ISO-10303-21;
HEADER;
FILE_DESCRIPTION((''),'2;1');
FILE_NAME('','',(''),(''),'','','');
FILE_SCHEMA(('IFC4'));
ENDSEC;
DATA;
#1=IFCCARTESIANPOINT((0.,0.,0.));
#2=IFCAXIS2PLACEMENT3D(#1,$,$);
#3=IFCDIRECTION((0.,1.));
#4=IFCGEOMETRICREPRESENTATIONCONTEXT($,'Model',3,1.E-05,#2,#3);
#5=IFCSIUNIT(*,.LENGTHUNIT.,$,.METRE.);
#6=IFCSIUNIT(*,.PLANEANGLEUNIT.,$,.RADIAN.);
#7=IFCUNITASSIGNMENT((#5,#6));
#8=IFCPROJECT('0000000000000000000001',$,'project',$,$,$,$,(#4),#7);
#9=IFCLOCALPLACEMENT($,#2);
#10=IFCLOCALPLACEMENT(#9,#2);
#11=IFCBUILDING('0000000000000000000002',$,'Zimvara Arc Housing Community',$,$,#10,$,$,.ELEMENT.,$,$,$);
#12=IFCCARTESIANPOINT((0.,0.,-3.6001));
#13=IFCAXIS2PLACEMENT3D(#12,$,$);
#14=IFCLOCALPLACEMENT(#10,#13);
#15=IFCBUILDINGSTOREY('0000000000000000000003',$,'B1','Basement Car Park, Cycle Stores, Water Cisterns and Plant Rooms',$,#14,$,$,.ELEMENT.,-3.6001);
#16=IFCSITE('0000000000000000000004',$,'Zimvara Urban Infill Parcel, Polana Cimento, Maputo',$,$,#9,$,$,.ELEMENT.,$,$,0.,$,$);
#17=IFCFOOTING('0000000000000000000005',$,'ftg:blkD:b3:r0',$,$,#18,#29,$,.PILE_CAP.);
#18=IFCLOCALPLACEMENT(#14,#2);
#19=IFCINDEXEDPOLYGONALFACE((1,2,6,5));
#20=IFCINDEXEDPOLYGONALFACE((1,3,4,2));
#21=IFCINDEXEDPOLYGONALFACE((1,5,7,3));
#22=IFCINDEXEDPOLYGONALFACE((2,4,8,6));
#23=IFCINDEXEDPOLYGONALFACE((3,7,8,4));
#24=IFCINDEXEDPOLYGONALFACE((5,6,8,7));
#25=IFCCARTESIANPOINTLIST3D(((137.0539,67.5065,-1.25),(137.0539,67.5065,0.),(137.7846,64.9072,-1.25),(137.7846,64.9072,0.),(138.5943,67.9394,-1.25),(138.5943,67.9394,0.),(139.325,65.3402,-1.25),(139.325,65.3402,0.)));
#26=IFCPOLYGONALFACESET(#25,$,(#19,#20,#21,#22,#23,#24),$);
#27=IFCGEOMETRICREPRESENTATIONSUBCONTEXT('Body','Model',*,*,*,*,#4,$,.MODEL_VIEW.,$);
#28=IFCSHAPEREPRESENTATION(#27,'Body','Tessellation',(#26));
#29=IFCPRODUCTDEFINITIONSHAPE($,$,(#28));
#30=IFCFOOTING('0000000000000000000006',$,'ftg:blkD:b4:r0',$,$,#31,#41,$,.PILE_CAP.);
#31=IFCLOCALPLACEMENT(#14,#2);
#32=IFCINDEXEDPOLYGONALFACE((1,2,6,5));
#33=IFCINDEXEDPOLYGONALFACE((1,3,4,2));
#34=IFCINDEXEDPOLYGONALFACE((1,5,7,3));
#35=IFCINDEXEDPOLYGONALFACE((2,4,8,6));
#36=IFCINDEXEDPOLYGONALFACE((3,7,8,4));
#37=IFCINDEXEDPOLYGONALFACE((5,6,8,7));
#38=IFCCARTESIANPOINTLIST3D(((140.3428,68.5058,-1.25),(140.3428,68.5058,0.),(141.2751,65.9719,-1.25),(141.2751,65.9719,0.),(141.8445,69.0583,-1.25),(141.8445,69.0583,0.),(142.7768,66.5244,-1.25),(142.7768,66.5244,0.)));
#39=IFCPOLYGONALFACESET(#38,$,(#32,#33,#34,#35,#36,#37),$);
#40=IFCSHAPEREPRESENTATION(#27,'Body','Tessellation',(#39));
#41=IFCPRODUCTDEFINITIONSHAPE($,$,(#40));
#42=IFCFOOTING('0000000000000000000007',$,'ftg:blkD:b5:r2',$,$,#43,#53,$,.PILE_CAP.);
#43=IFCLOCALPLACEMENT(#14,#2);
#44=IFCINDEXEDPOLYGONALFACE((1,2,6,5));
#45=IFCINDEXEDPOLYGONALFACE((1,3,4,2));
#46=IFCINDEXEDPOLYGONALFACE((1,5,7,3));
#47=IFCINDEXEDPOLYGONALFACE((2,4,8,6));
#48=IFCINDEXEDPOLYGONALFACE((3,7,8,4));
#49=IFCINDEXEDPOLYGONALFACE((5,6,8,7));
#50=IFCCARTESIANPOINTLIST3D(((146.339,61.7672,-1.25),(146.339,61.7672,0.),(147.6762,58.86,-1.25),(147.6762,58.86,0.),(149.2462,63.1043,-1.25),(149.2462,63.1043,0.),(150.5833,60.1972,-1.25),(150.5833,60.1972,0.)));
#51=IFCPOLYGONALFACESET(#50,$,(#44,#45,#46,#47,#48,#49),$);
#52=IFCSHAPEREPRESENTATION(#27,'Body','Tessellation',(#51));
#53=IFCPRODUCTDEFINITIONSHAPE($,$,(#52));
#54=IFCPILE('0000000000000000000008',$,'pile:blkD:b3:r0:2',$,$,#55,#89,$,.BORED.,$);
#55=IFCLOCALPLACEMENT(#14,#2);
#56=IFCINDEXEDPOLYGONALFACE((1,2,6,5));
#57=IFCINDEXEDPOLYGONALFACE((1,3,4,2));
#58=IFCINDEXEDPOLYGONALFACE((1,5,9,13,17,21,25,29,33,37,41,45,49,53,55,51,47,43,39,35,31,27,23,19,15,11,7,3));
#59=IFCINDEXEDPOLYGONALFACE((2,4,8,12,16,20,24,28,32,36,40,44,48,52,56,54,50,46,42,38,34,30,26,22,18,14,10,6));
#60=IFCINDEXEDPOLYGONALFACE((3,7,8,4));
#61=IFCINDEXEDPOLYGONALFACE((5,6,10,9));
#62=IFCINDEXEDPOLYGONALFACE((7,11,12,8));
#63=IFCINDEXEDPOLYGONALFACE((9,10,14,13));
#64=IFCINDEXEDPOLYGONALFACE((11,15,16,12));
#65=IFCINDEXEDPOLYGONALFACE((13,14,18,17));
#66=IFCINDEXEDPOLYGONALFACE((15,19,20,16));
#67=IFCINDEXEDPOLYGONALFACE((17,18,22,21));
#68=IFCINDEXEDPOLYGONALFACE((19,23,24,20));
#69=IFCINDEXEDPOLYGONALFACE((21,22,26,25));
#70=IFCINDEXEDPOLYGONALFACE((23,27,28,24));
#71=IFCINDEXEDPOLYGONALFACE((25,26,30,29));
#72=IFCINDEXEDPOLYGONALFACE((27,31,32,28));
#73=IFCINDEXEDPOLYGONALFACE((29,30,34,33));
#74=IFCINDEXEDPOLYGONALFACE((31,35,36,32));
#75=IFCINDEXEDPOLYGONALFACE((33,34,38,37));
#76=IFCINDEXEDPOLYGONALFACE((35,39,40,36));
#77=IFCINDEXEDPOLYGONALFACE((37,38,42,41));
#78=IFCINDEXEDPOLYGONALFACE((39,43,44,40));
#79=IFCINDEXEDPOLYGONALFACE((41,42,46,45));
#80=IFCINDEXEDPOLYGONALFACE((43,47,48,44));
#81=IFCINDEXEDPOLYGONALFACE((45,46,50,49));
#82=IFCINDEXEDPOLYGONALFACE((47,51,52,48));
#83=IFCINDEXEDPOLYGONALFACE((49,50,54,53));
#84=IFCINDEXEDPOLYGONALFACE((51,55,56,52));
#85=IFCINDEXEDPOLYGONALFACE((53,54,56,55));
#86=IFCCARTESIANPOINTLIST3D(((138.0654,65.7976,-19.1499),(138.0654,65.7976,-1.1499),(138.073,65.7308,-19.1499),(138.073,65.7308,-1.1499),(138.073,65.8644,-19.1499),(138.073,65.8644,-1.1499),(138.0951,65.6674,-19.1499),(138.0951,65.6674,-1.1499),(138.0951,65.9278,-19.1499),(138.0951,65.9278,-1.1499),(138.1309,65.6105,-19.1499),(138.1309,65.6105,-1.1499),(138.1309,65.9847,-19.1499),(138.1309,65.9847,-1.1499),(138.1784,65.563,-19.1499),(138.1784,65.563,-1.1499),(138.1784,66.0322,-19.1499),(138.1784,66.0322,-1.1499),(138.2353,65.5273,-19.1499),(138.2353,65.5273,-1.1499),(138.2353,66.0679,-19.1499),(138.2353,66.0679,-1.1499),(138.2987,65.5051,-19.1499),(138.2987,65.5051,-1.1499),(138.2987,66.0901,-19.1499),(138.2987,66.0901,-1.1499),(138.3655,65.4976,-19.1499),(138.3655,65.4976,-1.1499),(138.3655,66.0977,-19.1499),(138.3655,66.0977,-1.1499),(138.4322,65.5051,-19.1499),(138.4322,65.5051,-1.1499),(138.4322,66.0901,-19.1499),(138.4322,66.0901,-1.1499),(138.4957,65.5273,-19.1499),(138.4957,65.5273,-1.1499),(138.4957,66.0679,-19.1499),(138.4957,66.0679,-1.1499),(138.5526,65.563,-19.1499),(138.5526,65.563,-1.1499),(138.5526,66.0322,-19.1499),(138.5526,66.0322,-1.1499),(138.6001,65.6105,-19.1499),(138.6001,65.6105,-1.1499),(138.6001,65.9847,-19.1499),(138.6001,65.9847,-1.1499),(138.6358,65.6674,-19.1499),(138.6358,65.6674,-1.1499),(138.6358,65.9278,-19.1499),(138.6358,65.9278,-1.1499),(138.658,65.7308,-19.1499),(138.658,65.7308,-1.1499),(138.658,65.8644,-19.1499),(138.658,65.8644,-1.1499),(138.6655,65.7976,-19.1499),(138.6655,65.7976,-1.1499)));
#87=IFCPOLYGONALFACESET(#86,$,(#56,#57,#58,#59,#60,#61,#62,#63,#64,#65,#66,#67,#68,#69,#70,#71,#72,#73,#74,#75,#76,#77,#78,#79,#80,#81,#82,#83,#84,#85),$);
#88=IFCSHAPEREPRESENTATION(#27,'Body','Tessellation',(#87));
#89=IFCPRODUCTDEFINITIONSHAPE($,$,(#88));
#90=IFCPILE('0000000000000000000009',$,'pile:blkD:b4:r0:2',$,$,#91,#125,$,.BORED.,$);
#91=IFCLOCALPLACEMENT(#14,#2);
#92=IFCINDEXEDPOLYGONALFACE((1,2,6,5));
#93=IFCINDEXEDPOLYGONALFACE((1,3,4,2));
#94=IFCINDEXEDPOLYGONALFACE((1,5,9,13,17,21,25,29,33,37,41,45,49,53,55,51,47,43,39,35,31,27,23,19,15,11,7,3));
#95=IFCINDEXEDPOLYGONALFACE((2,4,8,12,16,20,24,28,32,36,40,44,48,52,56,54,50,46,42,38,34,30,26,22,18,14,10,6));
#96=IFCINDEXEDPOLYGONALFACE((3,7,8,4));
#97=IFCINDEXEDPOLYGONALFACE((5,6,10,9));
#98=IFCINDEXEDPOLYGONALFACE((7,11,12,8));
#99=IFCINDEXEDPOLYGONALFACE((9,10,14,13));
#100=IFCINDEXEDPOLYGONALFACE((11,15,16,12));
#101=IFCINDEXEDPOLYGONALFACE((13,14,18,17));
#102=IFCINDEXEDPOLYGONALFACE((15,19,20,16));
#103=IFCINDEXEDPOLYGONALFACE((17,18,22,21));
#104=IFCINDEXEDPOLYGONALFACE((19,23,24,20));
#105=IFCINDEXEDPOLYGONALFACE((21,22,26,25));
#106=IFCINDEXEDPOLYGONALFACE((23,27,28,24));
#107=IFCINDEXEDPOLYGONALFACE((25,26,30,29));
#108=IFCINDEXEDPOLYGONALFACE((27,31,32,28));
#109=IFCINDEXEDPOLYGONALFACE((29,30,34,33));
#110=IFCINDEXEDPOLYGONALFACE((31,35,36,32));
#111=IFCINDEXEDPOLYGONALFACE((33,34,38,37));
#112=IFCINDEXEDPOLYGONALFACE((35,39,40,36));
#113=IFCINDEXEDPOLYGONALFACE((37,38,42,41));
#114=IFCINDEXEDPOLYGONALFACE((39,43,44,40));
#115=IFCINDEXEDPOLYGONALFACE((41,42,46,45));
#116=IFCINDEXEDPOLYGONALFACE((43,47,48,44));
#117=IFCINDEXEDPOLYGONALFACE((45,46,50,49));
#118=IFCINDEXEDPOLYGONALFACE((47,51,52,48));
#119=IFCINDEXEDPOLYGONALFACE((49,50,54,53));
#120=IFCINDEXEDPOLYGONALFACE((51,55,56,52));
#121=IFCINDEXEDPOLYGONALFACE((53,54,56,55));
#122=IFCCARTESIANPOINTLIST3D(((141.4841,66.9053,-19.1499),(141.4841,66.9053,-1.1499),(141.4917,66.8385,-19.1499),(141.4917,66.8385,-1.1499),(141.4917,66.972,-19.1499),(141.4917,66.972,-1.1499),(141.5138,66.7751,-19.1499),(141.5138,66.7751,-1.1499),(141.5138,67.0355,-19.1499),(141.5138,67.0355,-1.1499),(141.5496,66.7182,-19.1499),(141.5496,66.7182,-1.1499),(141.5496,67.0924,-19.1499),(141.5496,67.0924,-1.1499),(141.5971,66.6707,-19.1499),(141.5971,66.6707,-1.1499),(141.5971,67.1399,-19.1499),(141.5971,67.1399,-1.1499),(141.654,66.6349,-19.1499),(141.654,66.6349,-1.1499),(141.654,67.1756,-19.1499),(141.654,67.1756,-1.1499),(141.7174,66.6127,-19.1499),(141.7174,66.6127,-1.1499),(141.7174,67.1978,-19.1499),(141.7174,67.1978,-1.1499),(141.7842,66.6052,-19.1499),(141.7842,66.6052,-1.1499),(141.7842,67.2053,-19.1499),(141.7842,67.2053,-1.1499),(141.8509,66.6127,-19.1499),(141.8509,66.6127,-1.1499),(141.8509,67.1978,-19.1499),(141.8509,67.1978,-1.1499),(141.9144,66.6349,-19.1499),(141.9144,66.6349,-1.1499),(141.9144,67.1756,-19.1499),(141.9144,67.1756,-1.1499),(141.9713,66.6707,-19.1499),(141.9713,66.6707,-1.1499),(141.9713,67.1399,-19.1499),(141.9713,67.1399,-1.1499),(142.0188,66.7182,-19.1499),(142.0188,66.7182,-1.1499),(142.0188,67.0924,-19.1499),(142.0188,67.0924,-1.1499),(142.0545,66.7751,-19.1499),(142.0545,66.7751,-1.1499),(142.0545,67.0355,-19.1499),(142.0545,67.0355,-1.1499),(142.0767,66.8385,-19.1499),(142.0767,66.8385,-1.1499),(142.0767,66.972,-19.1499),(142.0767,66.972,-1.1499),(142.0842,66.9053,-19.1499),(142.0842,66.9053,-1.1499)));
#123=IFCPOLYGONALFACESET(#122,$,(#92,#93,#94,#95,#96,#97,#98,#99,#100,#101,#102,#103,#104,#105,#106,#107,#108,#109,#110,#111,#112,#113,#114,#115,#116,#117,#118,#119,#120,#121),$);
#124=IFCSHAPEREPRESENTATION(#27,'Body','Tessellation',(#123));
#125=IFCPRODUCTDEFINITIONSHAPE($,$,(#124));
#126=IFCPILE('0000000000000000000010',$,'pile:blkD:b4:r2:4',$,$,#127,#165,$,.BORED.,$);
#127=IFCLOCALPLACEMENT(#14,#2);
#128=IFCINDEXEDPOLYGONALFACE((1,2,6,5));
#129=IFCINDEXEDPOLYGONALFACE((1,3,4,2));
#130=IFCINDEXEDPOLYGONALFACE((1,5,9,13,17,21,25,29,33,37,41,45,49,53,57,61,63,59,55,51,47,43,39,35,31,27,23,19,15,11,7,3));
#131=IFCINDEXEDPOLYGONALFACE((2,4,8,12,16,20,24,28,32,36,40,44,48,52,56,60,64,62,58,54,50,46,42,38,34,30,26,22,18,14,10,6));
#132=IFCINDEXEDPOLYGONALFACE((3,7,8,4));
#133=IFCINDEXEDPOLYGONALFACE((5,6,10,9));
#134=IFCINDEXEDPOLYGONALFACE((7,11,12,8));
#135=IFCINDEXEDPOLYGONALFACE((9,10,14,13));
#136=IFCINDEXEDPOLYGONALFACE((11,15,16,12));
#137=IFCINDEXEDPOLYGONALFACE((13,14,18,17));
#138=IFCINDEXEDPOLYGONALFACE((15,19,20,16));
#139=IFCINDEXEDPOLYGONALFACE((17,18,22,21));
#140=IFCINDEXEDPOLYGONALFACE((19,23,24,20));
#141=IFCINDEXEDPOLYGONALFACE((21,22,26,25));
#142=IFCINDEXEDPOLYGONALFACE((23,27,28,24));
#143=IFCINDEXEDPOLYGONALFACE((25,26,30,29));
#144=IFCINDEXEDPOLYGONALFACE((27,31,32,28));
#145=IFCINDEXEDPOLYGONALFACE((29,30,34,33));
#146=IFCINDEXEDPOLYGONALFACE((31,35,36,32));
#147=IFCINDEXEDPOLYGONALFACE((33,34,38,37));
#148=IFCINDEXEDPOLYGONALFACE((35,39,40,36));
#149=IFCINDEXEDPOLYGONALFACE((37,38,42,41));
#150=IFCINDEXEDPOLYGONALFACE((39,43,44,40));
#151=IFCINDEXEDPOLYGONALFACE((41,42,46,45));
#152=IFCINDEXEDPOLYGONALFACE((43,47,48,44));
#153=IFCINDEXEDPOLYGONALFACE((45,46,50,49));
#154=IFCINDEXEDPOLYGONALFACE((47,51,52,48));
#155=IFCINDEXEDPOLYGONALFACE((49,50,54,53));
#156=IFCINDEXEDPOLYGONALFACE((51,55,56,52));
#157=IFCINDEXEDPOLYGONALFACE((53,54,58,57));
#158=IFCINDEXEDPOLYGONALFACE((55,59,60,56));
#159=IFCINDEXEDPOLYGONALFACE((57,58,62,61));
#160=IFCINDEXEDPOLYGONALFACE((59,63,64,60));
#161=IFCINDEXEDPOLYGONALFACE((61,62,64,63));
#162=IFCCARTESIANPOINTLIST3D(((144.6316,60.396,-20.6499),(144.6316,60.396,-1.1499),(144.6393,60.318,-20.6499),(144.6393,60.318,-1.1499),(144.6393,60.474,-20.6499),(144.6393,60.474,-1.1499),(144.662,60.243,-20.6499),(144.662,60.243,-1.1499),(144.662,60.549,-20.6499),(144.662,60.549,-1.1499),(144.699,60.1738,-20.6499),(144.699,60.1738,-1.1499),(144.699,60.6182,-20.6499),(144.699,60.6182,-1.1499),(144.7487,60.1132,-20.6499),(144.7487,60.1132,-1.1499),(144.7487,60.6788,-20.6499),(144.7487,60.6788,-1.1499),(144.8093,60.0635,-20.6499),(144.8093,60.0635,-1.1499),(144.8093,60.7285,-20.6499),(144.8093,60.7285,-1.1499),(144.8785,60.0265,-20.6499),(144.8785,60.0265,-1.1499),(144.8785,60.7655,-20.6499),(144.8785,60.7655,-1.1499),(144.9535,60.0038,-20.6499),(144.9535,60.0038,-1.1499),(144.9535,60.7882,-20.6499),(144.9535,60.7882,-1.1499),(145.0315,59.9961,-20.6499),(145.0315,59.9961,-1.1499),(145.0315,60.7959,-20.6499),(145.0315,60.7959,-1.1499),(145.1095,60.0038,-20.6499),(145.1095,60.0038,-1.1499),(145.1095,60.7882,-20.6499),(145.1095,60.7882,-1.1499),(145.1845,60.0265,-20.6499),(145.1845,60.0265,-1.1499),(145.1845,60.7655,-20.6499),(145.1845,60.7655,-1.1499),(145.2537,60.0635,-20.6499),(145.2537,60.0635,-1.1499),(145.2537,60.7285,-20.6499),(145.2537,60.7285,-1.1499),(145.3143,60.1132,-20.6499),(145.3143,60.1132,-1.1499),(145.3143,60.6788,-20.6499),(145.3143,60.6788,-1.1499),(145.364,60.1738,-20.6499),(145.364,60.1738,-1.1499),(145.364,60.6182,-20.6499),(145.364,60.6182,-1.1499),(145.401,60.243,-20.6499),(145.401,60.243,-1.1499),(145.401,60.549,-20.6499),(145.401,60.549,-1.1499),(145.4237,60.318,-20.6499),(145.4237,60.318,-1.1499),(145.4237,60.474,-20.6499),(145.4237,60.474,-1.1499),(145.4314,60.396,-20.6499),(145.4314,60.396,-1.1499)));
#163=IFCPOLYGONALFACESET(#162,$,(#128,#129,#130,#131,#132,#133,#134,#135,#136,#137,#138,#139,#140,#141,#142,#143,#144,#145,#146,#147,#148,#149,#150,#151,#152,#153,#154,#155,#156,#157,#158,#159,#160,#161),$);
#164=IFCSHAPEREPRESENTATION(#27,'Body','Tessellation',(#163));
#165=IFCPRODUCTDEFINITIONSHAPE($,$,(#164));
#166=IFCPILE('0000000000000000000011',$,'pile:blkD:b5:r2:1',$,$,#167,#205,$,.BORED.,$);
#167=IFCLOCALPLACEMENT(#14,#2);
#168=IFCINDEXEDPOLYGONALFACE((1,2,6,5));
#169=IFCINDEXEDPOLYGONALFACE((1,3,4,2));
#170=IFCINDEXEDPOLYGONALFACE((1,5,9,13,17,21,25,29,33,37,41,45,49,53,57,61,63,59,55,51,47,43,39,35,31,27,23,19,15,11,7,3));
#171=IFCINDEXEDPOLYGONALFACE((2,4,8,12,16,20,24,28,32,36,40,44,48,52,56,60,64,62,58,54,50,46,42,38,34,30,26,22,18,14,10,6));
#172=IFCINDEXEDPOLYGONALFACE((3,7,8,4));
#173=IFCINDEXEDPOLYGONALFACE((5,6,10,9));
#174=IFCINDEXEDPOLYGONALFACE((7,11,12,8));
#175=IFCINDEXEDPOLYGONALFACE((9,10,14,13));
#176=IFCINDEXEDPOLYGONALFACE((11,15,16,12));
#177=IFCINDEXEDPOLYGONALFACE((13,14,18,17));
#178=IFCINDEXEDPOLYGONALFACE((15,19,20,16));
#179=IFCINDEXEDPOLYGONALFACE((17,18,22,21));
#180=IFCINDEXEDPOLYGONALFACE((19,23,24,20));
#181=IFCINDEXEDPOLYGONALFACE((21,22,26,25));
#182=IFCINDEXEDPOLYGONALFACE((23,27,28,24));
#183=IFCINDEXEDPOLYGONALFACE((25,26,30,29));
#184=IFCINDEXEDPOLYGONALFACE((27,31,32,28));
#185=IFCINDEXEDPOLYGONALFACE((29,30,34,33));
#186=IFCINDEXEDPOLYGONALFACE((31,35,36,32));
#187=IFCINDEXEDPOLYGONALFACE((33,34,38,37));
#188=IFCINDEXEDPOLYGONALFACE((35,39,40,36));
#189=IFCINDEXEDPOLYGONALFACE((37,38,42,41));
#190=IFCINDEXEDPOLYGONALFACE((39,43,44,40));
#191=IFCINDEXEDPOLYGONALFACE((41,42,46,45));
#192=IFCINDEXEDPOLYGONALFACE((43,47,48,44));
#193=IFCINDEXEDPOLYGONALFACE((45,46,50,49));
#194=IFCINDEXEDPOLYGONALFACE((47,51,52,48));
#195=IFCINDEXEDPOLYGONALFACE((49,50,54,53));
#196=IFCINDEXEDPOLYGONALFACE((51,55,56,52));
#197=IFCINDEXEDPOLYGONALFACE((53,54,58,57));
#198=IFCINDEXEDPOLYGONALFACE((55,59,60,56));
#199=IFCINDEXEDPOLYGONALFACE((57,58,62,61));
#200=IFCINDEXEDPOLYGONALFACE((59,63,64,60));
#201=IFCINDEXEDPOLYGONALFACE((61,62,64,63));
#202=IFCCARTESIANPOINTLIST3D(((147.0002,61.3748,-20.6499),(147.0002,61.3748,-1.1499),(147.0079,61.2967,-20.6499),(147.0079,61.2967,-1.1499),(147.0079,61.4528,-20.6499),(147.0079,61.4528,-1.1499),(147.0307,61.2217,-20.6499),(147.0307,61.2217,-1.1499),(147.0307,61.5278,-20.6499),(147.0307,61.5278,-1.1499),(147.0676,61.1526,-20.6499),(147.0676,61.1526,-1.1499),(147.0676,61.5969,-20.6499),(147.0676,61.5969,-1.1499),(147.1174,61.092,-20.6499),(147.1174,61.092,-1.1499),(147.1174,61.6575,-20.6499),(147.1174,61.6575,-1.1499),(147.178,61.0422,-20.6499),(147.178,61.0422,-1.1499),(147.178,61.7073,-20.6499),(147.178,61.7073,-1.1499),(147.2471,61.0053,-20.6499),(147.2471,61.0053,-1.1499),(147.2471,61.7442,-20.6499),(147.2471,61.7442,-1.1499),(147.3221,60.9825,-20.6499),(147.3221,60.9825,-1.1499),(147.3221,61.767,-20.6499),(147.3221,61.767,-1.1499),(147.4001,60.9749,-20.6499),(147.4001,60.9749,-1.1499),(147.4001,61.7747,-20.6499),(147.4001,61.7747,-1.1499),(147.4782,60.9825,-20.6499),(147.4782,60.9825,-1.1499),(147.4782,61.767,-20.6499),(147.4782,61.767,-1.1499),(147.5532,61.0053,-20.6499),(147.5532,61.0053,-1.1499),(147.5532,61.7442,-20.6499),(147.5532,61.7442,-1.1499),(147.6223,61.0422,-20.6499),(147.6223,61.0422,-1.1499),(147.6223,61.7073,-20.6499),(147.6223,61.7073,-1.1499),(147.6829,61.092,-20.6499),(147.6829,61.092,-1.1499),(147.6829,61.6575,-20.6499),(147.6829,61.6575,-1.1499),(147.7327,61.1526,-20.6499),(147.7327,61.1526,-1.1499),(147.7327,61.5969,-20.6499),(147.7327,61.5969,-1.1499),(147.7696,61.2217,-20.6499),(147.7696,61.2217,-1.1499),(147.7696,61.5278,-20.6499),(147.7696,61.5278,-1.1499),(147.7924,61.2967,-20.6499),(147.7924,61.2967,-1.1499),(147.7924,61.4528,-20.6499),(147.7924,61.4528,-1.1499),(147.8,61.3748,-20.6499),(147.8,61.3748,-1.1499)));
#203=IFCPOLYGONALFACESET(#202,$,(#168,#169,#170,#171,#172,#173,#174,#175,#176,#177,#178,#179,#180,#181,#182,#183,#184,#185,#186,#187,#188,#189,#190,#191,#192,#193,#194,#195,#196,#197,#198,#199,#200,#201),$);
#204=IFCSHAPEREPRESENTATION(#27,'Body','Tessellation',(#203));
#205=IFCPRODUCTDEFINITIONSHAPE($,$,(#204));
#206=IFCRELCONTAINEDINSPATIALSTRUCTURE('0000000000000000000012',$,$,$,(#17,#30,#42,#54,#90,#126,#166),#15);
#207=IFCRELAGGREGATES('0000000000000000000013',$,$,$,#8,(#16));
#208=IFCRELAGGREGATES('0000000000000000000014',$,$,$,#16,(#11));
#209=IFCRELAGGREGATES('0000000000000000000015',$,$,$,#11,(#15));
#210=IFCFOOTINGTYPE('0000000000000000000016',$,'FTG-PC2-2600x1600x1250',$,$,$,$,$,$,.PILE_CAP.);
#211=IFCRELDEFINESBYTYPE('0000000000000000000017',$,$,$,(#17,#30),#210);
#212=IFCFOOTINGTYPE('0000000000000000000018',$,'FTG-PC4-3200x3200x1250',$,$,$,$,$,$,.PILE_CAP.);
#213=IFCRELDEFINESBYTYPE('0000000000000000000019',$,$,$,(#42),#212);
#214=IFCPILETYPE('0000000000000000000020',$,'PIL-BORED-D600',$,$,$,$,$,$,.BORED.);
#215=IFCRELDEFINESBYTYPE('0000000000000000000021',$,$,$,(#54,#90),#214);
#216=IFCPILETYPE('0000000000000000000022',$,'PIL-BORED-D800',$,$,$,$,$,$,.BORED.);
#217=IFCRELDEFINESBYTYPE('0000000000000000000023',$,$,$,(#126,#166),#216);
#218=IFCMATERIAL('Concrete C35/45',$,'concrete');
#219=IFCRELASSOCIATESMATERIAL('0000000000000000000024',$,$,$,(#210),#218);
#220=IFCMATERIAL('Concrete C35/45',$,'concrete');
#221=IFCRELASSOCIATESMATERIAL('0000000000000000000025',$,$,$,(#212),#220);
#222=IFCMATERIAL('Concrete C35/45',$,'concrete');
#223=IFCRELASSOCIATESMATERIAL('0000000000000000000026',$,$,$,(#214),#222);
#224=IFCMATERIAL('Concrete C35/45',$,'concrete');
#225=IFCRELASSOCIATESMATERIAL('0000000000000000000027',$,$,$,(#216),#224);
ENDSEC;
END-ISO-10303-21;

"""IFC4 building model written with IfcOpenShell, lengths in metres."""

from ifc_helpers import new_model, si_unit, direction, frame, origin, origin_2d, place, context, subcontext, project, spatial, rectangle, circle, extrude, material, material_profile, profile_set, type_object, element, save


model = new_model("IFC4")

# Units and contexts
model_context = context("Model", 3, precision=1e-05, world=origin(), true_north=direction((0.0, 1.0)))
body_context = subcontext(model_context, "Body", "Model", "MODEL_VIEW")
ifc_project = project(units=[si_unit("LENGTHUNIT", "METRE"), si_unit("PLANEANGLEUNIT", "RADIAN")], contexts=[model_context])

# Site, building, storey
site_placement = place(None, origin())
site = spatial("IfcSite", under=ifc_project, at=site_placement, Name="Zimvara Urban Infill Parcel, Polana Cimento, Maputo", CompositionType="ELEMENT", RefElevation=0.0)
building_placement = place(site_placement, origin())
building = spatial("IfcBuilding", under=site, at=building_placement, Name="Zimvara Arc Housing Community", CompositionType="ELEMENT")
storey_placement = place(building_placement, frame((0.0, 0.0, -3.6001)))
storey = spatial("IfcBuildingStorey", under=building, at=storey_placement, Name="B1", Description="Basement Car Park, Cycle Stores, Water Cisterns and Plant Rooms", CompositionType="ELEMENT", Elevation=-3.6001)

# Footings
ifc_material_1 = material(Name="Concrete C35/45", Category="concrete")
footing_type_1 = type_object("IfcFootingType", Name="FTG-PC2-2600x1600x1250", PredefinedType="PILE_CAP", material=ifc_material_1)
for number, where, z_axis, x_axis, name in (
    (1, (138.1895, 66.4233, -1.25), (0.0, 0.0, 1.0), (0.2706, -0.962692, 0.0), "ftg:blkD:b3:r0"),
    (2, (141.5598, 67.5151, -1.25), (0.0, 0.0, 1.0), (0.345298, -0.938493, 0.0), "ftg:blkD:b4:r0"),
):
    element("IfcFooting", number, at=place(storey_placement, frame(where, z_axis=z_axis, x_axis=x_axis)), inside=storey, type_object=footing_type_1, Name=name, PredefinedType="PILE_CAP", context=body_context, shape_type="SweptSolid", body=[
        extrude(rectangle(XDim=2.7, YDim=1.6001, at=origin_2d()), origin(), (0.0, 0.0, 1.0), 1.25),
    ])
ifc_material_2 = material(Name="Concrete C35/45", Category="concrete")
footing_type_2 = type_object("IfcFootingType", Name="FTG-PC4-3200x3200x1250", PredefinedType="PILE_CAP", material=ifc_material_2)
footing_placement = place(storey_placement, frame((148.4612, 60.9822, -1.25), z_axis=(0.0, 0.0, 1.0), x_axis=(0.417867, -0.908508, 0.0)))
element("IfcFooting", 3, at=footing_placement, inside=storey, type_object=footing_type_2, Name="ftg:blkD:b5:r2", PredefinedType="PILE_CAP", context=body_context, shape_type="SweptSolid", body=[
    extrude(rectangle(XDim=3.2, YDim=3.2, at=origin_2d()), origin(), (0.0, 0.0, 1.0), 1.25),
])

# Piles
ifc_material_3 = material(Name="Concrete C35/45", Category="concrete")
ifc_material_profile_1 = material_profile(ifc_material_3, circle(Radius=0.3, at=origin_2d()), Name="PILE D600")
ifc_profile_set_1 = profile_set([ifc_material_profile_1], Name="Concrete C35/45")
pile_type_1 = type_object("IfcPileType", Name="PIL-BORED-D600", PredefinedType="BORED", material=ifc_profile_set_1)
for number, where, z_axis, x_axis, name in (
    (4, (138.3655, 65.7976, -1.1499), (0.0, 0.0, -1.0), (1.0, 0.0, 0.0), "pile:blkD:b3:r0:2"),
    (5, (141.7842, 66.9053, -1.1499), (0.0, 0.0, -1.0), (1.0, 0.0, 0.0), "pile:blkD:b4:r0:2"),
):
    element("IfcPile", number, at=place(storey_placement, frame(where, z_axis=z_axis, x_axis=x_axis)), inside=storey, type_object=pile_type_1, Name=name, PredefinedType="BORED", context=body_context, shape_type="SweptSolid", body=[
        extrude(circle(Radius=0.3, at=origin_2d()), origin(), (0.0, 0.0, 1.0), 18.0),
    ])
ifc_material_4 = material(Name="Concrete C35/45", Category="concrete")
ifc_material_profile_2 = material_profile(ifc_material_4, circle(Radius=0.3999, at=origin_2d()), Name="PILE D800")
ifc_profile_set_2 = profile_set([ifc_material_profile_2], Name="Concrete C35/45")
pile_type_2 = type_object("IfcPileType", Name="PIL-BORED-D800", PredefinedType="BORED", material=ifc_profile_set_2)
for number, where, z_axis, x_axis, name in (
    (6, (145.0315, 60.396, -1.1499), (0.0, 0.0, -1.0), (1.0, 0.0, 0.0), "pile:blkD:b4:r2:4"),
    (7, (147.4001, 61.3748, -1.1499), (0.0, 0.0, -1.0), (1.0, 0.0, 0.0), "pile:blkD:b5:r2:1"),
):
    element("IfcPile", number, at=place(storey_placement, frame(where, z_axis=z_axis, x_axis=x_axis)), inside=storey, type_object=pile_type_2, Name=name, PredefinedType="BORED", context=body_context, shape_type="SweptSolid", body=[
        extrude(circle(Radius=0.3999, at=origin_2d()), origin(), (0.0, 0.0, 1.0), 19.5),
    ])

save(model, "model.ifc")
